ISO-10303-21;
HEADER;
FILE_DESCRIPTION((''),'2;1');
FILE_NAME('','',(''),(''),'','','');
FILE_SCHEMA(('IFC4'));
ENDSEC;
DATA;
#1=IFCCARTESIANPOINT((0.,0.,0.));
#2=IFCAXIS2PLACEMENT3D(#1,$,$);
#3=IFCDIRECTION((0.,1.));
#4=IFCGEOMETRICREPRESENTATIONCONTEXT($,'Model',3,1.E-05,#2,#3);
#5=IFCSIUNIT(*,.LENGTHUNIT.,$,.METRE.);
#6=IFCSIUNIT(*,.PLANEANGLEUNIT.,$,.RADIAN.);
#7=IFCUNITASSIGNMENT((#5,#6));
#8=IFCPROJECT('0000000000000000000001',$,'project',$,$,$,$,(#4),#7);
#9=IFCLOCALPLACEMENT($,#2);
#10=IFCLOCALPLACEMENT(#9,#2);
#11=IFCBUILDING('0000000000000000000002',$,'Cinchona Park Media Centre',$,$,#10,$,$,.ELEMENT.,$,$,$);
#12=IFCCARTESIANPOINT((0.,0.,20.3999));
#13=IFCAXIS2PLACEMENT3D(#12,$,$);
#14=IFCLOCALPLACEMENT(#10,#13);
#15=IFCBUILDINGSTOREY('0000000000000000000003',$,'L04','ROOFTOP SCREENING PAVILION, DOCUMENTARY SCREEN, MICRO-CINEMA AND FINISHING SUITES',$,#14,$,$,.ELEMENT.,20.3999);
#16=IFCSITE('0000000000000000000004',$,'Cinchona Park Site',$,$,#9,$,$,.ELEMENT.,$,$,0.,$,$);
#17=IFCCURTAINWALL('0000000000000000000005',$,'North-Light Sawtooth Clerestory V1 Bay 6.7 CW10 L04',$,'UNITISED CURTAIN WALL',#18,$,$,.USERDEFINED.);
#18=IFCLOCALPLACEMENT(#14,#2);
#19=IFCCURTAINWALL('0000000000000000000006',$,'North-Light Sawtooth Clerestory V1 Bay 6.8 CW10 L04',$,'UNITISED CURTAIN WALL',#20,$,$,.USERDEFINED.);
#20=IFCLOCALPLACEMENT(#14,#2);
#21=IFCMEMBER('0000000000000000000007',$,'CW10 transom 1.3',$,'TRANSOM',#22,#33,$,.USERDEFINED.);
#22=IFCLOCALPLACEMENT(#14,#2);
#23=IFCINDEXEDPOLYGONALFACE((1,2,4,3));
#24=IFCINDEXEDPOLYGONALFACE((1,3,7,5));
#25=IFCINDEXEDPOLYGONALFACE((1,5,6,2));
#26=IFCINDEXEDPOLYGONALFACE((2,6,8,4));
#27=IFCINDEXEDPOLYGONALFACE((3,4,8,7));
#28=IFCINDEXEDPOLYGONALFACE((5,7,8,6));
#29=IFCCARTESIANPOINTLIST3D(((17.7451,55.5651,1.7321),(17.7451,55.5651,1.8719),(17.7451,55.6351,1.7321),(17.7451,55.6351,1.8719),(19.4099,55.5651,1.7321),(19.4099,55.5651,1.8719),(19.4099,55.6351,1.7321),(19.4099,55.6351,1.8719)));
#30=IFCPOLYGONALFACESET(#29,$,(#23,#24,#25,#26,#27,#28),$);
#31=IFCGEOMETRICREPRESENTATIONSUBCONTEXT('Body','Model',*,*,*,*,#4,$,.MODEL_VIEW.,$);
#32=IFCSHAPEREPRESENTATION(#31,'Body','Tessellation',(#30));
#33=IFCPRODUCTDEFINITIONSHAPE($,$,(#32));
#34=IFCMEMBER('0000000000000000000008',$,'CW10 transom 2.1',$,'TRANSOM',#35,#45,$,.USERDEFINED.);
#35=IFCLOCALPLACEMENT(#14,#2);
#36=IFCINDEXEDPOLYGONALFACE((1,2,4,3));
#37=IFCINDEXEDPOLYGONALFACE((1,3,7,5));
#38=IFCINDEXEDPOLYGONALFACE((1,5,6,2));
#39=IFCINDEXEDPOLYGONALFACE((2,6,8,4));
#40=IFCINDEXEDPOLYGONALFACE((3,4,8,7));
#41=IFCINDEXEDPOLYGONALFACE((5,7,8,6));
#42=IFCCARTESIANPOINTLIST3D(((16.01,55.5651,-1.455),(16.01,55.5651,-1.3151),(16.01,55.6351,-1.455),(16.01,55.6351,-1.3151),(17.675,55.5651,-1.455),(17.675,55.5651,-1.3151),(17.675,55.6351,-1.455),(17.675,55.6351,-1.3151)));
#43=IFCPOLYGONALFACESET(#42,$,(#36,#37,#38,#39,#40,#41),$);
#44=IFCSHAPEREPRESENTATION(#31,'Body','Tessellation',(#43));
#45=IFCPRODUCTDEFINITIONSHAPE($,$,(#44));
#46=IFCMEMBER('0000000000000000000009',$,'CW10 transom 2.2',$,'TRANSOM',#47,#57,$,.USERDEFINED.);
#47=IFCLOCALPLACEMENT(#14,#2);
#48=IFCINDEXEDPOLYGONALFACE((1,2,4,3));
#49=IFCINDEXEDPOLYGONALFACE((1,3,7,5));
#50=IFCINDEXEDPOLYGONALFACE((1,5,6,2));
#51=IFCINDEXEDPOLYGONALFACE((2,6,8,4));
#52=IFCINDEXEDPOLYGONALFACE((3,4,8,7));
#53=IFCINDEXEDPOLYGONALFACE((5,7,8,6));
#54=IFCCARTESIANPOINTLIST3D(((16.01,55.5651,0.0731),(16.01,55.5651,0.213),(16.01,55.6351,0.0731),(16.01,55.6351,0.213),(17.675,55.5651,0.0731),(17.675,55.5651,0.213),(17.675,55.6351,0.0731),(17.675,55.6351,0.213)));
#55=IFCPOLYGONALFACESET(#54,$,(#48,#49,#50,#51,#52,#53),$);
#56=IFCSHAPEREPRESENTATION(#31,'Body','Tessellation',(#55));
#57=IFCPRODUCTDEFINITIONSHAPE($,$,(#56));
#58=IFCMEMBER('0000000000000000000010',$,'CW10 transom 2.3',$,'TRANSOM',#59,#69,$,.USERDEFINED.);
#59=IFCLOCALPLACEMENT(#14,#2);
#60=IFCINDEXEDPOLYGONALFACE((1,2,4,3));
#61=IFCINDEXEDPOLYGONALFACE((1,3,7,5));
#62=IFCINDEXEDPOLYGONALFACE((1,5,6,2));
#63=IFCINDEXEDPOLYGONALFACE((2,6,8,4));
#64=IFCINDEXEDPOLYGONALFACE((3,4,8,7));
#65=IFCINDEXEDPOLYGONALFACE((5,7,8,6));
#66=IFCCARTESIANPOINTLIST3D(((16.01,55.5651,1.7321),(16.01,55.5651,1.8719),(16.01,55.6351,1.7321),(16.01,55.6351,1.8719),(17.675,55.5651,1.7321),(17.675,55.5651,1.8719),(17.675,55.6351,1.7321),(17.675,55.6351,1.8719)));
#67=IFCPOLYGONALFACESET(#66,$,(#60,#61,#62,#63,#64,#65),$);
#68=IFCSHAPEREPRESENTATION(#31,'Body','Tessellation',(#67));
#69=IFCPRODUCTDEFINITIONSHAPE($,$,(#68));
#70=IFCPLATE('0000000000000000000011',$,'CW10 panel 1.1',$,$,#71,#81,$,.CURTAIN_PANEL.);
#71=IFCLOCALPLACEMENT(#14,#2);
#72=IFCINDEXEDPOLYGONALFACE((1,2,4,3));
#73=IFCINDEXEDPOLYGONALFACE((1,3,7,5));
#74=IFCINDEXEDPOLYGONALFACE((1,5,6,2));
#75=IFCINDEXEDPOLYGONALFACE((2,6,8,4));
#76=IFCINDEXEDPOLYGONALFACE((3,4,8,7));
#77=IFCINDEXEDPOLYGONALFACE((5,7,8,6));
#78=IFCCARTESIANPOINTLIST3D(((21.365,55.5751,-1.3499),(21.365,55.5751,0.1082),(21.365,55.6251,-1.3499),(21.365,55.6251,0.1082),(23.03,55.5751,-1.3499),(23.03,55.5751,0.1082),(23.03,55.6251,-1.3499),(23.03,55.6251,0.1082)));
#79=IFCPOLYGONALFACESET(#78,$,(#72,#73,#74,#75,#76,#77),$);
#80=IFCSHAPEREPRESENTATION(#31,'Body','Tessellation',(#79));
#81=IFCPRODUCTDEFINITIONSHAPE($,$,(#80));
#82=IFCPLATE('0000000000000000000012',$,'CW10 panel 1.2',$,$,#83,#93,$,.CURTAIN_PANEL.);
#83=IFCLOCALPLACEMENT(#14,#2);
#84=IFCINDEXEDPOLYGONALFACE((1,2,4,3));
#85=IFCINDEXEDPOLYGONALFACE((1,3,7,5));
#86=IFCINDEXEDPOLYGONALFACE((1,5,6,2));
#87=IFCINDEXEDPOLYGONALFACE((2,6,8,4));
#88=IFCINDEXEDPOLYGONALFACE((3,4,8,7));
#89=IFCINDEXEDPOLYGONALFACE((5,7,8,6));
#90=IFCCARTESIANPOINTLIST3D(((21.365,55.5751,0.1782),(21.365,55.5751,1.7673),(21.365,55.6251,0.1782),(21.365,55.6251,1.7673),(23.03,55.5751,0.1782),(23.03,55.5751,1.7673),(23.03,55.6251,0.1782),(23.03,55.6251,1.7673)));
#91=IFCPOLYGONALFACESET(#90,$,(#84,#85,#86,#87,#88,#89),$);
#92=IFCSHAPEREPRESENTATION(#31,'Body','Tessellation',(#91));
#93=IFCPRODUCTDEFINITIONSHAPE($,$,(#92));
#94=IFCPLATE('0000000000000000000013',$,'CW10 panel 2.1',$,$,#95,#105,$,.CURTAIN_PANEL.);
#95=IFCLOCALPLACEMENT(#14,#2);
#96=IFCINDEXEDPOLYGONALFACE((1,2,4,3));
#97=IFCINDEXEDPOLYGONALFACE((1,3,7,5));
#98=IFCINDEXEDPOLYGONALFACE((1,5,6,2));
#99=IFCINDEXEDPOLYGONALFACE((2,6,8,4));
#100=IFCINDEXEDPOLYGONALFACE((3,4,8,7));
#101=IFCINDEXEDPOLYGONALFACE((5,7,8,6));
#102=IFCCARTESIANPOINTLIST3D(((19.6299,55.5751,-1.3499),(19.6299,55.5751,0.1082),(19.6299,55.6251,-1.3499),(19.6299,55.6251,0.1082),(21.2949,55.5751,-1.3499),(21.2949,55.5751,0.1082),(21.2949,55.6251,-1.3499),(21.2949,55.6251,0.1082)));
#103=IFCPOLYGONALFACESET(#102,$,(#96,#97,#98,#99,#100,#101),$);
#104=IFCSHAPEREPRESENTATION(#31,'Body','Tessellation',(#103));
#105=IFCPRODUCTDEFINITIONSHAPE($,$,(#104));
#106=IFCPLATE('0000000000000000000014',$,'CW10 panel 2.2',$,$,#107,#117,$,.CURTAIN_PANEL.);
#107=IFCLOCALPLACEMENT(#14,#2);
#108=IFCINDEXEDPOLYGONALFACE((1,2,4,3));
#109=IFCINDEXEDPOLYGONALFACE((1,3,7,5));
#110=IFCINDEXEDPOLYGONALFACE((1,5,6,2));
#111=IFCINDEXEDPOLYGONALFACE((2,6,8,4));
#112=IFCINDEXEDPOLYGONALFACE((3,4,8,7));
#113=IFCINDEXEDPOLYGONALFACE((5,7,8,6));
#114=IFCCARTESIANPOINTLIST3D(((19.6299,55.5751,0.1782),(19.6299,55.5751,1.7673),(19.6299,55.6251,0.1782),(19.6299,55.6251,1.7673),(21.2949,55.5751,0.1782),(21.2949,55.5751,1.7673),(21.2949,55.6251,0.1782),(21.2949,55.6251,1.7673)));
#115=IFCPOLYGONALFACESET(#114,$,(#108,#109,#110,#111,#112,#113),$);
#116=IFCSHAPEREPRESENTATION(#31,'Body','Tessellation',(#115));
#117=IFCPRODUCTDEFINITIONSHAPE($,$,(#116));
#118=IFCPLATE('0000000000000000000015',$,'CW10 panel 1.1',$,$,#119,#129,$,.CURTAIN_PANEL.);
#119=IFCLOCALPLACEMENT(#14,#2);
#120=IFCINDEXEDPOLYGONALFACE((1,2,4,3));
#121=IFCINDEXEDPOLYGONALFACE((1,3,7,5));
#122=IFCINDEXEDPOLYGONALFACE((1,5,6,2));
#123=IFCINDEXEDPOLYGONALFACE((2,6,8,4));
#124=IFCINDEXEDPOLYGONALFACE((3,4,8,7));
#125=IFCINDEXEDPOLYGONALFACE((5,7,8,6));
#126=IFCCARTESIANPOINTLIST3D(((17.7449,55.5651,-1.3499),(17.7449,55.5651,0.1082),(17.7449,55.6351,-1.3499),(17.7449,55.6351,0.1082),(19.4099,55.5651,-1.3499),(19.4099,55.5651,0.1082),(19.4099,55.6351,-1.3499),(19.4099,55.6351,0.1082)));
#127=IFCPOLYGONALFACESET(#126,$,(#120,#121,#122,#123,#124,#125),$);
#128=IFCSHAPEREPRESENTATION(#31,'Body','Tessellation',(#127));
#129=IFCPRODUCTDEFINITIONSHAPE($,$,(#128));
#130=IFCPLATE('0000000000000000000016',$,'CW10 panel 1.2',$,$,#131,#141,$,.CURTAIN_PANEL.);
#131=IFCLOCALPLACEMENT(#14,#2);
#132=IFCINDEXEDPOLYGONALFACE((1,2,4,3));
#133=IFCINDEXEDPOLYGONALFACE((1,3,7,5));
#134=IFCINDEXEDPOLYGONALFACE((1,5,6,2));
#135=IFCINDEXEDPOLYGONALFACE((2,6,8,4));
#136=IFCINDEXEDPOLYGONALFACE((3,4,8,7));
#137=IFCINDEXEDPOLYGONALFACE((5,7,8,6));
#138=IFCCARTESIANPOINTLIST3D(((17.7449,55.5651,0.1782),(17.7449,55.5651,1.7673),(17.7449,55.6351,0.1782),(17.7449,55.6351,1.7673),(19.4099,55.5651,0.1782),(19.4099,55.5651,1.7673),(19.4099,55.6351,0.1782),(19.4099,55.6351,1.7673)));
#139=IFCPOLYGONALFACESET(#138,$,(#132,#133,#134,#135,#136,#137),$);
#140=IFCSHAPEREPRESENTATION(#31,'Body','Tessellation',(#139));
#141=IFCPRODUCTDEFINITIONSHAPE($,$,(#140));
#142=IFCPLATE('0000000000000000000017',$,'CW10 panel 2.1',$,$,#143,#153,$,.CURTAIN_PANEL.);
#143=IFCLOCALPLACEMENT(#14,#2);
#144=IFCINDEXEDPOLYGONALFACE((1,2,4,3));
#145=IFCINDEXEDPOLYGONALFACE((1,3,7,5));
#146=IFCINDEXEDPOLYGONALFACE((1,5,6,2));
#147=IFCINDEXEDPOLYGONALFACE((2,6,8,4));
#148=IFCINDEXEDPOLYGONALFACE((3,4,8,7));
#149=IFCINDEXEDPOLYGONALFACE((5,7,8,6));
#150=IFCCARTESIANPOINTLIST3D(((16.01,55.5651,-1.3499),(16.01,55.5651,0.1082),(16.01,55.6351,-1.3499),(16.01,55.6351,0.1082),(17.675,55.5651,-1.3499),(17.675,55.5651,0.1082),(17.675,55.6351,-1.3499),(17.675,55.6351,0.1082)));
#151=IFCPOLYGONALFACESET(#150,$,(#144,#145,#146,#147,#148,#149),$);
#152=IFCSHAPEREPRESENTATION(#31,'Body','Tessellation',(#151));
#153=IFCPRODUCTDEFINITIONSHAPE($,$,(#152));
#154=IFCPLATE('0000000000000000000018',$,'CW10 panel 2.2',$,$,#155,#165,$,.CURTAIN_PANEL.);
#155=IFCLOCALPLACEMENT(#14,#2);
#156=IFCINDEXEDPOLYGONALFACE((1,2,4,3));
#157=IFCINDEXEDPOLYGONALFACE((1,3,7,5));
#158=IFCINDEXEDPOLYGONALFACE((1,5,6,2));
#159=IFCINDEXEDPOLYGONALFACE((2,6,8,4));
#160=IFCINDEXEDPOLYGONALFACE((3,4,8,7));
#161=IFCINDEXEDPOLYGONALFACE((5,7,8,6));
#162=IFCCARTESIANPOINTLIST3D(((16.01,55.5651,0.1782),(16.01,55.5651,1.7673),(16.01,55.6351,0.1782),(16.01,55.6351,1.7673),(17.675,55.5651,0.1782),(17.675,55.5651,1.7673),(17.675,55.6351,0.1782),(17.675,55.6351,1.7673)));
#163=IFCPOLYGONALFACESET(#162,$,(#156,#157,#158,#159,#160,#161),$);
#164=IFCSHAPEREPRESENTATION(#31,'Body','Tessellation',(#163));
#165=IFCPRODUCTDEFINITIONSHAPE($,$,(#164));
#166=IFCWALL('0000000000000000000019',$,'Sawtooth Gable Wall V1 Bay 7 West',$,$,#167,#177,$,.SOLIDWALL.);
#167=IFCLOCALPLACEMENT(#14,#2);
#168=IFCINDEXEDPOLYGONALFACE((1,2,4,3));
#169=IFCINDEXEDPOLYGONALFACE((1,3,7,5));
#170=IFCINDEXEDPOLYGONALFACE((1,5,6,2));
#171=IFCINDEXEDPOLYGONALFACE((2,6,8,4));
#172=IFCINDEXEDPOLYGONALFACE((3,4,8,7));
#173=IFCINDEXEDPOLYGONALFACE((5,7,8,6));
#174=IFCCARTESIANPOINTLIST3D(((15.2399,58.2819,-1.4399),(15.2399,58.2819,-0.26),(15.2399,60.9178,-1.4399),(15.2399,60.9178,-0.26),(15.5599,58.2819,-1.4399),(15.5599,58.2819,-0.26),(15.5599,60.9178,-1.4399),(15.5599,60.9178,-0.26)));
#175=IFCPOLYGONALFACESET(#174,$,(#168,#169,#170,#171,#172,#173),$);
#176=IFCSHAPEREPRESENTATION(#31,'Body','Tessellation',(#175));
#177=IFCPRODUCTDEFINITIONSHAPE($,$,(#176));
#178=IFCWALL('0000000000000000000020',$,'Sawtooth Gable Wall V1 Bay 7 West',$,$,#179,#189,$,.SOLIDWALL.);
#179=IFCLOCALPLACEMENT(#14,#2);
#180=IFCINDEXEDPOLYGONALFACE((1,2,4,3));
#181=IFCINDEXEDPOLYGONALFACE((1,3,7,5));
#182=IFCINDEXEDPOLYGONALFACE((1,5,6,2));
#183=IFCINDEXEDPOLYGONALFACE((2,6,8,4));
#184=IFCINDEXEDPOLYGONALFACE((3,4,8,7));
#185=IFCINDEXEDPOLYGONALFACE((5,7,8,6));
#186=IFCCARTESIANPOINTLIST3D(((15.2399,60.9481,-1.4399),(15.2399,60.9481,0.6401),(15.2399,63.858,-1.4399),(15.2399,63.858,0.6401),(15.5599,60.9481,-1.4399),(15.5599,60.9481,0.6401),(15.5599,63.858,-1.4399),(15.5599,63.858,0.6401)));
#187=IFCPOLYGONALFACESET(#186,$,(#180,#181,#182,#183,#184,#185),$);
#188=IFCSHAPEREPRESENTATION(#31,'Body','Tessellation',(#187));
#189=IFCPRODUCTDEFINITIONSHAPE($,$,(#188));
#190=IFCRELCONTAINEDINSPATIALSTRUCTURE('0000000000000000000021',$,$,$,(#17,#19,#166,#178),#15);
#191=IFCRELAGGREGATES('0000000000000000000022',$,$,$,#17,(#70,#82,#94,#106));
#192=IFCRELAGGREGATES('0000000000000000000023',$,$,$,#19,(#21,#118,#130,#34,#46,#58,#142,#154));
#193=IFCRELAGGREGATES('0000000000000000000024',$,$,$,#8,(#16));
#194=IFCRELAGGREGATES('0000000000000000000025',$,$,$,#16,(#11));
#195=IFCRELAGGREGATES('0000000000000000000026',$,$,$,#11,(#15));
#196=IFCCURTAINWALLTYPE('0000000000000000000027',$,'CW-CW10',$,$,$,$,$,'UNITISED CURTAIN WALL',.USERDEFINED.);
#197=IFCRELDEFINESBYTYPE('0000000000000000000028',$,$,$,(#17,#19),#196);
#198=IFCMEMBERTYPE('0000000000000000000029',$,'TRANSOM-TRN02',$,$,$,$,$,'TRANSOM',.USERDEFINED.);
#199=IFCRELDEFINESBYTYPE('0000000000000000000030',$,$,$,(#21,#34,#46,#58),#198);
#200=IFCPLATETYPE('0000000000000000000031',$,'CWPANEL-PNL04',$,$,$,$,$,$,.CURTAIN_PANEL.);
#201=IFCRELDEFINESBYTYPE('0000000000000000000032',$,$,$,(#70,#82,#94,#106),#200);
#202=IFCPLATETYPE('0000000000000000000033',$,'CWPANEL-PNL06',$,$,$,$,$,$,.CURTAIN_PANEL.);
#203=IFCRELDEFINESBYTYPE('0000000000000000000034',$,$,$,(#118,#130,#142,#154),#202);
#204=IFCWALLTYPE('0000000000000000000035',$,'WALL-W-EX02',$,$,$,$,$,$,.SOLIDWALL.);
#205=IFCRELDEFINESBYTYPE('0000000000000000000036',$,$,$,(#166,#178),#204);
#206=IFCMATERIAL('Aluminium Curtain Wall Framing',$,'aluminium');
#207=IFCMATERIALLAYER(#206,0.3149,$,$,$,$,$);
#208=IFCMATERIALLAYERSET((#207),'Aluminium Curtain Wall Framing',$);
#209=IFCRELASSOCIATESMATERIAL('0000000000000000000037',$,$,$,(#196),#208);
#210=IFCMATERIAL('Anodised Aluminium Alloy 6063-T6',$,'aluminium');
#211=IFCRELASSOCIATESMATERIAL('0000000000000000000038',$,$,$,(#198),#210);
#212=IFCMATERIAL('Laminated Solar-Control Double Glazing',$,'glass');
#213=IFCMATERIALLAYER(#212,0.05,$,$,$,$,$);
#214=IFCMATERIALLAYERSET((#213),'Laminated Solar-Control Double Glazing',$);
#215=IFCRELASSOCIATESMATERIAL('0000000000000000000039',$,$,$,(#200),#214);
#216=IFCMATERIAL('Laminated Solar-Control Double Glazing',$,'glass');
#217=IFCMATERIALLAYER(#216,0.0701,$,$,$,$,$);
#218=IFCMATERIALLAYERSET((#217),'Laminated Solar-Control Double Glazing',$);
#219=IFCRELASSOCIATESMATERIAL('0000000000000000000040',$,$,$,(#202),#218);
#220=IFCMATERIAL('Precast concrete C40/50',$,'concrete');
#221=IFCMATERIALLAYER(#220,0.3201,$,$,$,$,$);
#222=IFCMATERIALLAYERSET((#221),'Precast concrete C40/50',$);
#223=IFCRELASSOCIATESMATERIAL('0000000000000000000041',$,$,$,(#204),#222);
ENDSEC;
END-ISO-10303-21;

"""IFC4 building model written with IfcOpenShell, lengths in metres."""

from ifc_helpers import new_model, si_unit, direction, frame, frame_2d, origin, origin_2d, place, context, subcontext, project, spatial, rectangle, extrude, material, layer, layer_set, material_profile, profile_set, type_object, element, aggregate, save


model = new_model("IFC4")

# Units and contexts
model_context = context("Model", 3, precision=1e-05, world=origin(), true_north=direction((0.0, 1.0)))
body_context = subcontext(model_context, "Body", "Model", "MODEL_VIEW")
ifc_project = project(units=[si_unit("LENGTHUNIT", "METRE"), si_unit("PLANEANGLEUNIT", "RADIAN")], contexts=[model_context])

# Site, building, storey
site_placement = place(None, origin())
site = spatial("IfcSite", under=ifc_project, at=site_placement, Name="Cinchona Park Site", CompositionType="ELEMENT", RefElevation=0.0)
building_placement = place(site_placement, origin())
building = spatial("IfcBuilding", under=site, at=building_placement, Name="Cinchona Park Media Centre", CompositionType="ELEMENT")
storey_placement = place(building_placement, frame((0.0, 0.0, 20.3999)))
storey = spatial("IfcBuildingStorey", under=building, at=storey_placement, Name="L04", Description="ROOFTOP SCREENING PAVILION, DOCUMENTARY SCREEN, MICRO-CINEMA AND FINISHING SUITES", CompositionType="ELEMENT", Elevation=20.3999)

# Curtain walls
ifc_material_1 = material(Name="Aluminium Curtain Wall Framing", Category="aluminium")
ifc_layer_1 = layer(ifc_material_1, 0.3149)
ifc_layer_set_1 = layer_set([ifc_layer_1], Name="Aluminium Curtain Wall Framing")
curtain_wall_type = type_object("IfcCurtainWallType", Name="CW-CW10", ElementType="UNITISED CURTAIN WALL", PredefinedType="USERDEFINED", material=ifc_layer_set_1)
curtain_wall_1_placement = place(storey_placement, origin())
curtain_wall_1 = element("IfcCurtainWall", 1, at=curtain_wall_1_placement, inside=storey, type_object=curtain_wall_type, Name="North-Light Sawtooth Clerestory V1 Bay 6.7 CW10 L04", ObjectType="UNITISED CURTAIN WALL", PredefinedType="USERDEFINED")
curtain_wall_2_placement = place(storey_placement, origin())
curtain_wall_2 = element("IfcCurtainWall", 2, at=curtain_wall_2_placement, inside=storey, type_object=curtain_wall_type, Name="North-Light Sawtooth Clerestory V1 Bay 6.8 CW10 L04", ObjectType="UNITISED CURTAIN WALL", PredefinedType="USERDEFINED")

# Members
ifc_material_2 = material(Name="Anodised Aluminium Alloy 6063-T6", Category="aluminium")
ifc_material_profile_1 = material_profile(ifc_material_2, rectangle(XDim=0.0701, YDim=0.1399, at=origin_2d()), Name="TRN-70X140")
ifc_profile_set_1 = profile_set([ifc_material_profile_1], Name="Anodised Aluminium Alloy 6063-T6")
member_type_1 = type_object("IfcMemberType", Name="TRANSOM-TRN02", ElementType="TRANSOM", PredefinedType="USERDEFINED", material=ifc_profile_set_1)
member_1_placement = place(storey_placement, frame((19.4099, 55.6001, 1.802), z_axis=(-1.0, 0.0, 0.0), x_axis=(0.0, -1.0, 0.0)))
member_1 = element("IfcMember", 3, at=member_1_placement, type_object=member_type_1, Name="CW10 transom 1.3", ObjectType="TRANSOM", PredefinedType="USERDEFINED", context=body_context, shape_type="SweptSolid", body=[
    extrude(rectangle(XDim=0.0701, YDim=0.1399, at=origin_2d()), origin(), (0.0, 0.0, 1.0), 1.6648),
])
member_2_placement = place(storey_placement, frame((17.675, 55.6001, -1.385), z_axis=(-1.0, 0.0, 0.0), x_axis=(0.0, -1.0, 0.0)))
member_2 = element("IfcMember", 4, at=member_2_placement, type_object=member_type_1, Name="CW10 transom 2.1", ObjectType="TRANSOM", PredefinedType="USERDEFINED", context=body_context, shape_type="SweptSolid", body=[
    extrude(rectangle(XDim=0.0701, YDim=0.1399, at=origin_2d()), origin(), (0.0, 0.0, 1.0), 1.665),
])
member_3_placement = place(storey_placement, frame((17.675, 55.6001, 0.1431), z_axis=(-1.0, 0.0, 0.0), x_axis=(0.0, -1.0, 0.0)))
member_3 = element("IfcMember", 5, at=member_3_placement, type_object=member_type_1, Name="CW10 transom 2.2", ObjectType="TRANSOM", PredefinedType="USERDEFINED", context=body_context, shape_type="SweptSolid", body=[
    extrude(rectangle(XDim=0.0701, YDim=0.1399, at=origin_2d()), origin(), (0.0, 0.0, 1.0), 1.665),
])
member_4_placement = place(storey_placement, frame((17.675, 55.6001, 1.802), z_axis=(-1.0, 0.0, 0.0), x_axis=(0.0, -1.0, 0.0)))
member_4 = element("IfcMember", 6, at=member_4_placement, type_object=member_type_1, Name="CW10 transom 2.3", ObjectType="TRANSOM", PredefinedType="USERDEFINED", context=body_context, shape_type="SweptSolid", body=[
    extrude(rectangle(XDim=0.0701, YDim=0.1399, at=origin_2d()), origin(), (0.0, 0.0, 1.0), 1.665),
])

# Plates
ifc_material_3 = material(Name="Laminated Solar-Control Double Glazing", Category="glass")
ifc_layer_2 = layer(ifc_material_3, 0.05)
ifc_layer_set_2 = layer_set([ifc_layer_2], Name="Laminated Solar-Control Double Glazing")
plate_type_1 = type_object("IfcPlateType", Name="CWPANEL-PNL04", PredefinedType="CURTAIN_PANEL", material=ifc_layer_set_2)
plate_1_placement = place(storey_placement, frame((22.1975, 55.6001, -1.3499), z_axis=(0.0, 0.0, 1.0), x_axis=(-1.0, 0.0, 0.0)))
plate_1 = element("IfcPlate", 7, at=plate_1_placement, type_object=plate_type_1, Name="CW10 panel 1.1", PredefinedType="CURTAIN_PANEL", context=body_context, shape_type="SweptSolid", body=[
    extrude(rectangle(XDim=1.665, YDim=0.05, at=origin_2d()), origin(), (0.0, 0.0, 1.0), 1.458),
])
plate_2_placement = place(storey_placement, frame((22.1975, 55.6001, 0.1782), z_axis=(0.0, 0.0, 1.0), x_axis=(-1.0, 0.0, 0.0)))
plate_2 = element("IfcPlate", 8, at=plate_2_placement, type_object=plate_type_1, Name="CW10 panel 1.2", PredefinedType="CURTAIN_PANEL", context=body_context, shape_type="SweptSolid", body=[
    extrude(rectangle(XDim=1.665, YDim=0.05, at=origin_2d()), origin(), (0.0, 0.0, 1.0), 1.5891),
])
plate_3_placement = place(storey_placement, frame((20.4624, 55.6001, -1.3499), z_axis=(0.0, 0.0, 1.0), x_axis=(-1.0, 0.0, 0.0)))
plate_3 = element("IfcPlate", 9, at=plate_3_placement, type_object=plate_type_1, Name="CW10 panel 2.1", PredefinedType="CURTAIN_PANEL", context=body_context, shape_type="SweptSolid", body=[
    extrude(rectangle(XDim=1.665, YDim=0.05, at=origin_2d()), origin(), (0.0, 0.0, 1.0), 1.458),
])
plate_4_placement = place(storey_placement, frame((20.4624, 55.6001, 0.1782), z_axis=(0.0, 0.0, 1.0), x_axis=(-1.0, 0.0, 0.0)))
plate_4 = element("IfcPlate", 10, at=plate_4_placement, type_object=plate_type_1, Name="CW10 panel 2.2", PredefinedType="CURTAIN_PANEL", context=body_context, shape_type="SweptSolid", body=[
    extrude(rectangle(XDim=1.665, YDim=0.05, at=origin_2d()), origin(), (0.0, 0.0, 1.0), 1.5891),
])
aggregate(curtain_wall_1, [plate_1, plate_2, plate_3, plate_4])
ifc_material_4 = material(Name="Laminated Solar-Control Double Glazing", Category="glass")
ifc_layer_3 = layer(ifc_material_4, 0.0701)
ifc_layer_set_3 = layer_set([ifc_layer_3], Name="Laminated Solar-Control Double Glazing")
plate_type_2 = type_object("IfcPlateType", Name="CWPANEL-PNL06", PredefinedType="CURTAIN_PANEL", material=ifc_layer_set_3)
plate_5_placement = place(storey_placement, frame((18.5774, 55.6001, -1.3499), z_axis=(0.0, 0.0, 1.0), x_axis=(-1.0, 0.0, 0.0)))
plate_5 = element("IfcPlate", 11, at=plate_5_placement, type_object=plate_type_2, Name="CW10 panel 1.1", PredefinedType="CURTAIN_PANEL", context=body_context, shape_type="SweptSolid", body=[
    extrude(rectangle(XDim=1.665, YDim=0.0701, at=origin_2d()), origin(), (0.0, 0.0, 1.0), 1.458),
])
plate_6_placement = place(storey_placement, frame((18.5774, 55.6001, 0.1782), z_axis=(0.0, 0.0, 1.0), x_axis=(-1.0, 0.0, 0.0)))
plate_6 = element("IfcPlate", 12, at=plate_6_placement, type_object=plate_type_2, Name="CW10 panel 1.2", PredefinedType="CURTAIN_PANEL", context=body_context, shape_type="SweptSolid", body=[
    extrude(rectangle(XDim=1.665, YDim=0.0701, at=origin_2d()), origin(), (0.0, 0.0, 1.0), 1.5891),
])
plate_7_placement = place(storey_placement, frame((16.8425, 55.6001, -1.3499), z_axis=(0.0, 0.0, 1.0), x_axis=(-1.0, 0.0, 0.0)))
plate_7 = element("IfcPlate", 13, at=plate_7_placement, type_object=plate_type_2, Name="CW10 panel 2.1", PredefinedType="CURTAIN_PANEL", context=body_context, shape_type="SweptSolid", body=[
    extrude(rectangle(XDim=1.665, YDim=0.0701, at=origin_2d()), origin(), (0.0, 0.0, 1.0), 1.458),
])
plate_8_placement = place(storey_placement, frame((16.8425, 55.6001, 0.1782), z_axis=(0.0, 0.0, 1.0), x_axis=(-1.0, 0.0, 0.0)))
plate_8 = element("IfcPlate", 14, at=plate_8_placement, type_object=plate_type_2, Name="CW10 panel 2.2", PredefinedType="CURTAIN_PANEL", context=body_context, shape_type="SweptSolid", body=[
    extrude(rectangle(XDim=1.665, YDim=0.0701, at=origin_2d()), origin(), (0.0, 0.0, 1.0), 1.5891),
])
aggregate(curtain_wall_2, [member_1, plate_5, plate_6, member_2, member_3, member_4, plate_7, plate_8])

# Walls
ifc_material_5 = material(Name="Precast concrete C40/50", Category="concrete")
ifc_layer_4 = layer(ifc_material_5, 0.3201)
ifc_layer_set_4 = layer_set([ifc_layer_4], Name="Precast concrete C40/50")
wall_type_1 = type_object("IfcWallType", Name="WALL-W-EX02", PredefinedType="SOLIDWALL", material=ifc_layer_set_4)
wall_1_placement = place(storey_placement, frame((15.3999, 58.282, -1.4399), z_axis=(0.0, 0.0, 1.0), x_axis=(0.0, 1.0, 0.0)))
element("IfcWall", 15, at=wall_1_placement, inside=storey, type_object=wall_type_1, Name="Sawtooth Gable Wall V1 Bay 7 West", PredefinedType="SOLIDWALL", context=body_context, shape_type="SweptSolid", body=[
    extrude(rectangle(XDim=2.636, YDim=0.3201, at=frame_2d((1.3179, 0.0))), origin(), (0.0, 0.0, 1.0), 1.1799),
])
wall_2_placement = place(storey_placement, frame((15.3999, 60.948, -1.4399), z_axis=(0.0, 0.0, 1.0), x_axis=(0.0, 1.0, 0.0)))
element("IfcWall", 16, at=wall_2_placement, inside=storey, type_object=wall_type_1, Name="Sawtooth Gable Wall V1 Bay 7 West", PredefinedType="SOLIDWALL", context=body_context, shape_type="SweptSolid", body=[
    extrude(rectangle(XDim=2.9099, YDim=0.3201, at=frame_2d((1.4551, 0.0))), origin(), (0.0, 0.0, 1.0), 2.0801),
])

save(model, "model.ifc")
